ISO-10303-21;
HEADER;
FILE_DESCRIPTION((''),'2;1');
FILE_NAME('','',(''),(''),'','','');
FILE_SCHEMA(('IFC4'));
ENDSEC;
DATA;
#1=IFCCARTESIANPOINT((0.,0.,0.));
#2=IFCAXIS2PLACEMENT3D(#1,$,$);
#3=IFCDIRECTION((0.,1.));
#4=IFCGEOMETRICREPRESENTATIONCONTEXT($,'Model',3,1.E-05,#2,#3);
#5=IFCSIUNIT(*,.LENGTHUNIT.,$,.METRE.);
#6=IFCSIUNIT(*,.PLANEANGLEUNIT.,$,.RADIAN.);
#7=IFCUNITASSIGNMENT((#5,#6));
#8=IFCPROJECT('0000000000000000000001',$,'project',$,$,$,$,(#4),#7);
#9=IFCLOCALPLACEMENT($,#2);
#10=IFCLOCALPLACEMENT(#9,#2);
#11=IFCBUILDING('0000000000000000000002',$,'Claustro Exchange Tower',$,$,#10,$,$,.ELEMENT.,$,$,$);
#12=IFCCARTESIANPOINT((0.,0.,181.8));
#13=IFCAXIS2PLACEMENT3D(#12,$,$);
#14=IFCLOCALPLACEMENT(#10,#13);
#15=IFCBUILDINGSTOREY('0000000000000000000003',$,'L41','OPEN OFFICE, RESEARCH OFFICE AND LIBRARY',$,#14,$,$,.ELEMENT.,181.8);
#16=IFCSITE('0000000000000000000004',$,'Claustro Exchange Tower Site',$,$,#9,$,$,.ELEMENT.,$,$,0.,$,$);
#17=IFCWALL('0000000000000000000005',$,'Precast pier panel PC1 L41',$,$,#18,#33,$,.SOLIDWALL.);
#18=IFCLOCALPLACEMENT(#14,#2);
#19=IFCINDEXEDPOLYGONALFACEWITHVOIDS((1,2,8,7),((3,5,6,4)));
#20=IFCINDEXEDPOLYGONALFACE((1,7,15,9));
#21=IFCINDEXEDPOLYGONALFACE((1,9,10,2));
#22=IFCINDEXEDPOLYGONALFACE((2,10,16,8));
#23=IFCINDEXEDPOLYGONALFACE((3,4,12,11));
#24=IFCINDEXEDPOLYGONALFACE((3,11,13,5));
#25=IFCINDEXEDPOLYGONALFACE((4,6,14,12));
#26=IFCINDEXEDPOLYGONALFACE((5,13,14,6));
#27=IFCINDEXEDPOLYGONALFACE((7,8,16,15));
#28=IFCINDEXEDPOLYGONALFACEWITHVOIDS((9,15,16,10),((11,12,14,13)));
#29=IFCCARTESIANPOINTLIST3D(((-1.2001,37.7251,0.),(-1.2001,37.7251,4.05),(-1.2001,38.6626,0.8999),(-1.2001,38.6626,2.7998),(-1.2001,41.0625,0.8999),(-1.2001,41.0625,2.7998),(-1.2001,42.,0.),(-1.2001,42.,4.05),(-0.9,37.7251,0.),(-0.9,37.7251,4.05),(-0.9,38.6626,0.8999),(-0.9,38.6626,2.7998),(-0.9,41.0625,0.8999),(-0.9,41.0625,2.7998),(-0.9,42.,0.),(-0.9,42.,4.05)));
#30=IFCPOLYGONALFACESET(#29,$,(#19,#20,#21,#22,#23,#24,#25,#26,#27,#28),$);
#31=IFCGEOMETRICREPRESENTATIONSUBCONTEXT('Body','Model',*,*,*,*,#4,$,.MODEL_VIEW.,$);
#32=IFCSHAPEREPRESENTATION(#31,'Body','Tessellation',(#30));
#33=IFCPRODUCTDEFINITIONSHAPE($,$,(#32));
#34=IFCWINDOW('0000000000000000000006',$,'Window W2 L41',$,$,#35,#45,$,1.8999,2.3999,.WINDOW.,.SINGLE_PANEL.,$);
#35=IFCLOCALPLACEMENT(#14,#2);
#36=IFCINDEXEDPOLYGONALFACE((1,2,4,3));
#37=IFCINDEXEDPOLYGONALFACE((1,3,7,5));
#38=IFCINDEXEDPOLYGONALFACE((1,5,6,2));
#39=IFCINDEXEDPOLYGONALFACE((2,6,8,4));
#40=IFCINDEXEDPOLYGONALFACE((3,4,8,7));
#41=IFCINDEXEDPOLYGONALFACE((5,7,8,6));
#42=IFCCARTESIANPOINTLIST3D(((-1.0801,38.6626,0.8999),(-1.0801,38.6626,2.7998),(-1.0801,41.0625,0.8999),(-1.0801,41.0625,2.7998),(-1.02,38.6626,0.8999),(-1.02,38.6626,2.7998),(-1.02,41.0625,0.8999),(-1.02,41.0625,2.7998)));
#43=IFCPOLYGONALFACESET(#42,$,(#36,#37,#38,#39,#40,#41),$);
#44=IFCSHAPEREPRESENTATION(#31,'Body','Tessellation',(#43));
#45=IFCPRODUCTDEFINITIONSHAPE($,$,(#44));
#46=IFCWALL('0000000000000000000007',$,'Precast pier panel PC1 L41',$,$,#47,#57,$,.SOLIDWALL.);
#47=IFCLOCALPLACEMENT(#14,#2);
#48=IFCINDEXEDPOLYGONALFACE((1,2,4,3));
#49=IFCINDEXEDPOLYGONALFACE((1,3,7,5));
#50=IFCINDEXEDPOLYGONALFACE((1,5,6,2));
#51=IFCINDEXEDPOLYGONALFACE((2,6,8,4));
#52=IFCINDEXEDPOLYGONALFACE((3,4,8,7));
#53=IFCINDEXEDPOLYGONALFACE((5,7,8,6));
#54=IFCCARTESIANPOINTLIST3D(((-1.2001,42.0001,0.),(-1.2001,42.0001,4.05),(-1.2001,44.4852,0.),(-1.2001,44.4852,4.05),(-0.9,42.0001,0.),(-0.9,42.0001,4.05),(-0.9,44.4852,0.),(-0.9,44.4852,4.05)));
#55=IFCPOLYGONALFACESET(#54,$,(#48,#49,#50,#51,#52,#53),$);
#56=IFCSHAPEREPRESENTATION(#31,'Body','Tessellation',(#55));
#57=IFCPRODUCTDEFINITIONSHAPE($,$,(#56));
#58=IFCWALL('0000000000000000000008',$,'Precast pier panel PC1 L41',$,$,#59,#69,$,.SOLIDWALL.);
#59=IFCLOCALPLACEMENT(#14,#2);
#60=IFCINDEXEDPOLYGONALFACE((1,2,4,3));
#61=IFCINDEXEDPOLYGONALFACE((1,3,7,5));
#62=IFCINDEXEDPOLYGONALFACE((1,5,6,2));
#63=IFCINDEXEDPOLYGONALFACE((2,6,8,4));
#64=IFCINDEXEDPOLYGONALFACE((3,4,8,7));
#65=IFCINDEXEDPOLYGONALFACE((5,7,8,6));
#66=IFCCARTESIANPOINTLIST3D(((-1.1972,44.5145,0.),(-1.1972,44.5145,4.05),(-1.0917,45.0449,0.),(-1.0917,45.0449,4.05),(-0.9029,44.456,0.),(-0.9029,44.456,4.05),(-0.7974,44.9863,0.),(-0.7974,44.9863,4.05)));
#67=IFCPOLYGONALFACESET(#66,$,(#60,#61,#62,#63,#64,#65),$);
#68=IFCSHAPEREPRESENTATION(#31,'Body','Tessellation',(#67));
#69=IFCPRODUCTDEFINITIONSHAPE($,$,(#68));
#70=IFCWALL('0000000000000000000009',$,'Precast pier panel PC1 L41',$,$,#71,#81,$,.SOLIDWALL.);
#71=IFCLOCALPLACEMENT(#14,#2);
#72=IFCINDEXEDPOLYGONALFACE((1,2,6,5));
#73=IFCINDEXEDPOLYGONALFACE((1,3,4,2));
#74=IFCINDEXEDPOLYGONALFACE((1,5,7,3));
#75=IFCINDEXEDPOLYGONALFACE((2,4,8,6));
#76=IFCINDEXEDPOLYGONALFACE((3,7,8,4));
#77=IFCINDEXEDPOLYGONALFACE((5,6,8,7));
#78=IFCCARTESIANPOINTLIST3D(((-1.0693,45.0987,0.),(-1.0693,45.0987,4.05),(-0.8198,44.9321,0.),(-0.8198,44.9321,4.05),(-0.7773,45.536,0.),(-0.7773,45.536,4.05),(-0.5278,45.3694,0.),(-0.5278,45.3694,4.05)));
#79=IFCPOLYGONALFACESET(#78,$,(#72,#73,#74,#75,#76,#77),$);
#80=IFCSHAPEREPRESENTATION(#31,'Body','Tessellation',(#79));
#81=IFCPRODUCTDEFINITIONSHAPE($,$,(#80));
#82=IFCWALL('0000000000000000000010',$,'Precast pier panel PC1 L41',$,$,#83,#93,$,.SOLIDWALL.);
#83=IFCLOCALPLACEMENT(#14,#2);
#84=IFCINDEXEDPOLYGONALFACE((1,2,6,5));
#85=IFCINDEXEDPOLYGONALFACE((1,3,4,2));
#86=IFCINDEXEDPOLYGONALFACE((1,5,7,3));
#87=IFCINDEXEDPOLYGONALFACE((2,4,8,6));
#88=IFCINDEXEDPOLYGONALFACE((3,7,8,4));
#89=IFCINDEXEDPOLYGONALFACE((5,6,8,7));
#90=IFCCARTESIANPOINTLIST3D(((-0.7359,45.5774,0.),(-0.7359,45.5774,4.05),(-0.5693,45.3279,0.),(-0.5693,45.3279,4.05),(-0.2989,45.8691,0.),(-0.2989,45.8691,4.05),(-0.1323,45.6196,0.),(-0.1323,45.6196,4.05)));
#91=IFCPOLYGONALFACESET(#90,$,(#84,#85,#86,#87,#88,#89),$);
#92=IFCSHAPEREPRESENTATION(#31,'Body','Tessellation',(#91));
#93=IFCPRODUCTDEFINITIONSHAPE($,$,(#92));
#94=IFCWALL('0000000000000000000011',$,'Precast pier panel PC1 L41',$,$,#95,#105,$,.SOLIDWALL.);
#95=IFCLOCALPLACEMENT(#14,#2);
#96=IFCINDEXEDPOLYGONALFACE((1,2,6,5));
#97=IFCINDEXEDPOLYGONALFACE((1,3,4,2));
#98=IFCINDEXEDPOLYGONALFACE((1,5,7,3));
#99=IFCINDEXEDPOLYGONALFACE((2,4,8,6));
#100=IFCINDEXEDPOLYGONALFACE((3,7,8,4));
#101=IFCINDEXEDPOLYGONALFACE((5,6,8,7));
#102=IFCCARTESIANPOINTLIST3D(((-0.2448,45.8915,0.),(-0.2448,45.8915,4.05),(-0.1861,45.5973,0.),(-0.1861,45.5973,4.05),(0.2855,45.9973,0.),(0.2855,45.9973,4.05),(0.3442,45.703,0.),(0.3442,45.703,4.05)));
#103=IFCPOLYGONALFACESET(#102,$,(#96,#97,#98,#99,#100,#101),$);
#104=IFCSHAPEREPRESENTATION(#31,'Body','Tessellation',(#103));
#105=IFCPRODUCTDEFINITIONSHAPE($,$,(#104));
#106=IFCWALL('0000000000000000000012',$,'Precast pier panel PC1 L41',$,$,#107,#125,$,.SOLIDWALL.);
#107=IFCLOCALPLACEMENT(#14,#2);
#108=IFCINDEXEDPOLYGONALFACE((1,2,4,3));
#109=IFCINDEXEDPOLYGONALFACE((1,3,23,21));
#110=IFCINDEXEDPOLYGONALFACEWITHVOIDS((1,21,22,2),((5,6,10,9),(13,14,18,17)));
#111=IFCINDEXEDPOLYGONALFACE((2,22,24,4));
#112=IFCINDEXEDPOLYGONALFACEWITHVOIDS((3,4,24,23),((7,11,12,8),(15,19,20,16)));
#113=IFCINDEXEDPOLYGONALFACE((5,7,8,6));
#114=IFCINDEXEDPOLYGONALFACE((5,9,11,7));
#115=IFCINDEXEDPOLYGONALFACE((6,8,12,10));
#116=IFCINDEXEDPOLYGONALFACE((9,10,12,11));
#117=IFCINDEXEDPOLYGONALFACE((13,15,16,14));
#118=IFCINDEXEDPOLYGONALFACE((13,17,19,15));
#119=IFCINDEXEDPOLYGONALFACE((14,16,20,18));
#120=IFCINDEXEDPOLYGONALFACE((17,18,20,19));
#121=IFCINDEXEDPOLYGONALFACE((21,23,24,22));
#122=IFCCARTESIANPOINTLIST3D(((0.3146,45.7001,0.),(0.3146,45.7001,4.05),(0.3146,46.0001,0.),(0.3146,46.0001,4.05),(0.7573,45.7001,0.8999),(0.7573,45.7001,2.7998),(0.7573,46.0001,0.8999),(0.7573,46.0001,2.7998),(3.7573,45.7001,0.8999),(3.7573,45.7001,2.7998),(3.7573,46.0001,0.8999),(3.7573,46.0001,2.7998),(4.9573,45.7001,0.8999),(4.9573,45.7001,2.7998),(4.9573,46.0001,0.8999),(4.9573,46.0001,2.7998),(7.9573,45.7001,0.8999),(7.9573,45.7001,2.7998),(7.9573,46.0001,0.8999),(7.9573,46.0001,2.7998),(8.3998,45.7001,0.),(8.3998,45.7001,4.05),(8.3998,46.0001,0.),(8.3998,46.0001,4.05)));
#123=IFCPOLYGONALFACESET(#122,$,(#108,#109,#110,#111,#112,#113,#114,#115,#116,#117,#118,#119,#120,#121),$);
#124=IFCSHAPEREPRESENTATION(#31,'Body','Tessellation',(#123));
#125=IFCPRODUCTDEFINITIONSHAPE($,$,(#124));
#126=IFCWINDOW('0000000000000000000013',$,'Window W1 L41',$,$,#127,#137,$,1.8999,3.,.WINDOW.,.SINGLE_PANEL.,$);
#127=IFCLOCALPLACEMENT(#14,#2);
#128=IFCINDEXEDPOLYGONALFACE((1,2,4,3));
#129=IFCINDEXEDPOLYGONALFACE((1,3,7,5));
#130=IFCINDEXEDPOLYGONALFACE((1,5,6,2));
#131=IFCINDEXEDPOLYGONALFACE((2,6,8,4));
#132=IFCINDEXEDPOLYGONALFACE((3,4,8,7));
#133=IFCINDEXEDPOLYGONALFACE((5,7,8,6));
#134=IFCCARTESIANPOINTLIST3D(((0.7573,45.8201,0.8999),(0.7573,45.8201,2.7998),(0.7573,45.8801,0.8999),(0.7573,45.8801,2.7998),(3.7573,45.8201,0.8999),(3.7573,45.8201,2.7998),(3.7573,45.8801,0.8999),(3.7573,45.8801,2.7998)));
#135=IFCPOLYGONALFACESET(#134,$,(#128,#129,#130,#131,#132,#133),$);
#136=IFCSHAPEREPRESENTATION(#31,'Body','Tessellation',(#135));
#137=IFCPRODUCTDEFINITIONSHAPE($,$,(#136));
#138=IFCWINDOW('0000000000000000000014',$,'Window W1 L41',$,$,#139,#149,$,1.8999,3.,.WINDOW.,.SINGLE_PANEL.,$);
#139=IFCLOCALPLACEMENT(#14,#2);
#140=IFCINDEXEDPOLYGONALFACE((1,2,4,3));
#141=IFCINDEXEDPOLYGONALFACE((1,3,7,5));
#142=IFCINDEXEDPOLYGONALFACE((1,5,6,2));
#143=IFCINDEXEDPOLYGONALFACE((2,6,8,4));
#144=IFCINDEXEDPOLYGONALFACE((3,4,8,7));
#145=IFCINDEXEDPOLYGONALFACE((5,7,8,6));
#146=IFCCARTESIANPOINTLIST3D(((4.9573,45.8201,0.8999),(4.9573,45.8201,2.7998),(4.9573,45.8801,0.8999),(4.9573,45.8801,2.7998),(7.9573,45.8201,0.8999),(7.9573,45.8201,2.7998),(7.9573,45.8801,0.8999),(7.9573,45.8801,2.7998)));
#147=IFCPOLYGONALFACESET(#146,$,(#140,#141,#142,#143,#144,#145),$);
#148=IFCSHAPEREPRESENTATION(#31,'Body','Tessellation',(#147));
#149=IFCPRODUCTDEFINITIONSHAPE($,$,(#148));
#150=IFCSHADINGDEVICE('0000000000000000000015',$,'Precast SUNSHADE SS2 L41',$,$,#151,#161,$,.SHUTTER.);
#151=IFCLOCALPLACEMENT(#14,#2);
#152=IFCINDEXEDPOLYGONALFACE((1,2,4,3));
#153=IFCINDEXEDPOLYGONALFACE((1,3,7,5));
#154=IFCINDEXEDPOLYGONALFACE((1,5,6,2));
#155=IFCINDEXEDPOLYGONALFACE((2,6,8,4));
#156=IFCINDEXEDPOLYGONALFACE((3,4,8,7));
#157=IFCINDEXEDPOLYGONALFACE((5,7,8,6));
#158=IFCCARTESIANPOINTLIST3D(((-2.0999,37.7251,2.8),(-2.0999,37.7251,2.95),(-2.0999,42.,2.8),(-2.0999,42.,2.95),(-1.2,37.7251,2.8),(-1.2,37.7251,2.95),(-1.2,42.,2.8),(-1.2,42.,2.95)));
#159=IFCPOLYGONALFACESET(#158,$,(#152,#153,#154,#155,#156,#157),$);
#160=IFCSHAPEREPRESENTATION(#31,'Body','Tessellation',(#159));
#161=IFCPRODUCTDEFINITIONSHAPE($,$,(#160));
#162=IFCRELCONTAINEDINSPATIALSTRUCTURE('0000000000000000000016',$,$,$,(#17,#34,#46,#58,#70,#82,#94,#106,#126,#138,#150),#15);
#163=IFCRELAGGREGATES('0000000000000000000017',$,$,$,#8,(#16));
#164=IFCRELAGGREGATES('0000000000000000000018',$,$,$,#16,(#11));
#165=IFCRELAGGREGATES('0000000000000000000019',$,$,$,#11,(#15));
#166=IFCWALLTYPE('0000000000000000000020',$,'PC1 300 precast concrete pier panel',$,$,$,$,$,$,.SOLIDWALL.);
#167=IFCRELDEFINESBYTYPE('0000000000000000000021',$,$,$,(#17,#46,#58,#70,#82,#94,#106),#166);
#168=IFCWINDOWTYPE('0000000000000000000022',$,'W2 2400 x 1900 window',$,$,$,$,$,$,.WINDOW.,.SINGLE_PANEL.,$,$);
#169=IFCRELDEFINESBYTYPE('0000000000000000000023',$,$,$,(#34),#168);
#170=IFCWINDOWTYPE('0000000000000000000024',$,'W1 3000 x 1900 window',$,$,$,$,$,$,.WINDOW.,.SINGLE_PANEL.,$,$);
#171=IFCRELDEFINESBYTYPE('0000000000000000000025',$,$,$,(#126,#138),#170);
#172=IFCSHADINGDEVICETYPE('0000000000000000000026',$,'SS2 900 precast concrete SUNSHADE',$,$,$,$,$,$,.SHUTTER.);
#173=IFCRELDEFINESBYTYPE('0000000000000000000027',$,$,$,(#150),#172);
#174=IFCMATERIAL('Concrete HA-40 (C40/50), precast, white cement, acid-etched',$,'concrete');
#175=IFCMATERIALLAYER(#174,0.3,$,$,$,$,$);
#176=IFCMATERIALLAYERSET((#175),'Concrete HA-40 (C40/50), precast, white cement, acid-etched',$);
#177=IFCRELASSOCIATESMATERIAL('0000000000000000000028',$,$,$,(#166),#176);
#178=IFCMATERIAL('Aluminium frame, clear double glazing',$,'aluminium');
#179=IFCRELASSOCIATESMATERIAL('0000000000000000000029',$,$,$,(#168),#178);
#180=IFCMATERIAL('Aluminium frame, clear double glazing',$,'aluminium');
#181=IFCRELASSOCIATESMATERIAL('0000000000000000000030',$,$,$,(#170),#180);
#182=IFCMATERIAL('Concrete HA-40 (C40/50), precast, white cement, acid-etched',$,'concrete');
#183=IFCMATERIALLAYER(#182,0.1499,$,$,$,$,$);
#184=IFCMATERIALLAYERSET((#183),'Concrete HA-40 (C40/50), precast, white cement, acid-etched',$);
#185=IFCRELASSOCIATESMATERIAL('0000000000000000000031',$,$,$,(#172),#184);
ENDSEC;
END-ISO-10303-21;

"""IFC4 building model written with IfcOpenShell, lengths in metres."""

from ifc_helpers import new_model, si_unit, direction, frame, frame_2d, origin, origin_2d, place, context, subcontext, project, spatial, rectangle, extrude, material, layer, layer_set, type_object, element, fill, save


model = new_model("IFC4")

# Units and contexts
model_context = context("Model", 3, precision=1e-05, world=origin(), true_north=direction((0.0, 1.0)))
body_context = subcontext(model_context, "Body", "Model", "MODEL_VIEW")
ifc_project = project(units=[si_unit("LENGTHUNIT", "METRE"), si_unit("PLANEANGLEUNIT", "RADIAN")], contexts=[model_context])

# Site, building, storey
site_placement = place(None, origin())
site = spatial("IfcSite", under=ifc_project, at=site_placement, Name="Claustro Exchange Tower Site", CompositionType="ELEMENT", RefElevation=0.0)
building_placement = place(site_placement, origin())
building = spatial("IfcBuilding", under=site, at=building_placement, Name="Claustro Exchange Tower", CompositionType="ELEMENT")
storey_placement = place(building_placement, frame((0.0, 0.0, 181.8)))
storey = spatial("IfcBuildingStorey", under=building, at=storey_placement, Name="L41", Description="OPEN OFFICE, RESEARCH OFFICE AND LIBRARY", CompositionType="ELEMENT", Elevation=181.8)

# Wall, opening, window
ifc_material_1 = material(Name="Concrete HA-40 (C40/50), precast, white cement, acid-etched", Category="concrete")
ifc_layer_1 = layer(ifc_material_1, 0.3)
ifc_layer_set_1 = layer_set([ifc_layer_1], Name="Concrete HA-40 (C40/50), precast, white cement, acid-etched")
wall_type_1 = type_object("IfcWallType", Name="PC1 300 precast concrete pier panel", PredefinedType="SOLIDWALL", material=ifc_layer_set_1)
wall_1_placement = place(storey_placement, frame((-1.05, 37.7251, 0.0), z_axis=(0.0, 0.0, 1.0), x_axis=(0.0, 1.0, 0.0)))
wall_1 = element("IfcWall", 1, at=wall_1_placement, inside=storey, type_object=wall_type_1, Name="Precast pier panel PC1 L41", PredefinedType="SOLIDWALL", context=body_context, shape_type="SweptSolid", body=[
    extrude(rectangle(XDim=4.2749, YDim=0.3, at=frame_2d((2.1375, 0.0))), origin(), (0.0, 0.0, 1.0), 4.05),
])
opening_1_placement = place(wall_1_placement, frame((0.9375, 0.0, 0.8999)))
opening_1 = element("IfcOpeningElement", 2, at=opening_1_placement, cuts=wall_1, PredefinedType="OPENING", context=body_context, shape_type="SweptSolid", body=[
    extrude(rectangle(XDim=2.3999, YDim=1.8999, at=frame_2d((1.2, 0.95))), frame((0.0, 0.1599, 0.0), z_axis=(0.0, -1.0, 0.0), x_axis=(1.0, 0.0, 0.0)), (0.0, 0.0, 1.0), 0.3201),
])
ifc_material_2 = material(Name="Aluminium frame, clear double glazing", Category="aluminium")
window_type_1 = type_object("IfcWindowType", Name="W2 2400 x 1900 window", PartitioningType="SINGLE_PANEL", PredefinedType="WINDOW", material=ifc_material_2)
window_1_placement = place(opening_1_placement, origin())
window_1 = element("IfcWindow", 3, at=window_1_placement, inside=storey, type_object=window_type_1, Name="Window W2 L41", OverallHeight=1.8999, OverallWidth=2.3999, PartitioningType="SINGLE_PANEL", PredefinedType="WINDOW", context=body_context, shape_type="SweptSolid", body=[
    extrude(rectangle(XDim=2.3999, YDim=1.8999, at=frame_2d((1.2, 0.95))), frame((0.0, 0.03, 0.0), z_axis=(0.0, -1.0, 0.0), x_axis=(1.0, 0.0, 0.0)), (0.0, 0.0, 1.0), 0.0601),
])
fill(opening_1, window_1)

# Walls
wall_2_placement = place(storey_placement, frame((-1.05, 42.0, 0.0), z_axis=(0.0, 0.0, 1.0), x_axis=(0.0, 1.0, 0.0)))
element("IfcWall", 4, at=wall_2_placement, inside=storey, type_object=wall_type_1, Name="Precast pier panel PC1 L41", PredefinedType="SOLIDWALL", context=body_context, shape_type="SweptSolid", body=[
    extrude(rectangle(XDim=2.4851, YDim=0.3, at=frame_2d((1.2427, 0.0))), origin(), (0.0, 0.0, 1.0), 4.05),
])
wall_3_placement = place(storey_placement, frame((-1.05, 44.4851, 0.0), z_axis=(0.0, 0.0, 1.0), x_axis=(0.195074, 0.980789, 0.0)))
element("IfcWall", 5, at=wall_3_placement, inside=storey, type_object=wall_type_1, Name="Precast pier panel PC1 L41", PredefinedType="SOLIDWALL", context=body_context, shape_type="SweptSolid", body=[
    extrude(rectangle(XDim=0.5408, YDim=0.3, at=frame_2d((0.2705, 0.0))), origin(), (0.0, 0.0, 1.0), 4.05),
])
wall_4_placement = place(storey_placement, frame((-0.9446, 45.0154, 0.0), z_axis=(0.0, 0.0, 1.0), x_axis=(0.555343, 0.831621, 0.0)))
element("IfcWall", 6, at=wall_4_placement, inside=storey, type_object=wall_type_1, Name="Precast pier panel PC1 L41", PredefinedType="SOLIDWALL", context=body_context, shape_type="SweptSolid", body=[
    extrude(rectangle(XDim=0.5259, YDim=0.3, at=frame_2d((0.2629, 0.0))), origin(), (0.0, 0.0, 1.0), 4.05),
])
wall_5_placement = place(storey_placement, frame((-0.6526, 45.4526, 0.0), z_axis=(0.0, 0.0, 1.0), x_axis=(0.831693, 0.555236, 0.0)))
element("IfcWall", 7, at=wall_5_placement, inside=storey, type_object=wall_type_1, Name="Precast pier panel PC1 L41", PredefinedType="SOLIDWALL", context=body_context, shape_type="SweptSolid", body=[
    extrude(rectangle(XDim=0.5254, YDim=0.3, at=frame_2d((0.2627, 0.0))), origin(), (0.0, 0.0, 1.0), 4.05),
])
wall_6_placement = place(storey_placement, frame((-0.2156, 45.7444, 0.0), z_axis=(0.0, 0.0, 1.0), x_axis=(0.980702, 0.195508, 0.0)))
element("IfcWall", 8, at=wall_6_placement, inside=storey, type_object=wall_type_1, Name="Precast pier panel PC1 L41", PredefinedType="SOLIDWALL", context=body_context, shape_type="SweptSolid", body=[
    extrude(rectangle(XDim=0.5408, YDim=0.3, at=frame_2d((0.2705, 0.0))), origin(), (0.0, 0.0, 1.0), 4.05),
])

# Wall, openings, windows
wall_7_placement = place(storey_placement, frame((0.3147, 45.8501, 0.0), z_axis=(0.0, 0.0, 1.0), x_axis=(1.0, 0.0, 0.0)))
wall_7 = element("IfcWall", 9, at=wall_7_placement, inside=storey, type_object=wall_type_1, Name="Precast pier panel PC1 L41", PredefinedType="SOLIDWALL", context=body_context, shape_type="SweptSolid", body=[
    extrude(rectangle(XDim=8.0852, YDim=0.3, at=frame_2d((4.0425, 0.0))), origin(), (0.0, 0.0, 1.0), 4.05),
])
opening_2_placement = place(wall_7_placement, frame((0.4426, 0.0, 0.8999)))
opening_2 = element("IfcOpeningElement", 10, at=opening_2_placement, cuts=wall_7, PredefinedType="OPENING", context=body_context, shape_type="SweptSolid", body=[
    extrude(rectangle(XDim=3.0, YDim=1.8999, at=frame_2d((1.5, 0.95))), frame((0.0, 0.1599, 0.0), z_axis=(0.0, -1.0, 0.0), x_axis=(1.0, 0.0, 0.0)), (0.0, 0.0, 1.0), 0.3201),
])
opening_3_placement = place(wall_7_placement, frame((4.6426, 0.0, 0.8999)))
opening_3 = element("IfcOpeningElement", 11, at=opening_3_placement, cuts=wall_7, PredefinedType="OPENING", context=body_context, shape_type="SweptSolid", body=[
    extrude(rectangle(XDim=3.0, YDim=1.8999, at=frame_2d((1.5, 0.95))), frame((0.0, 0.1599, 0.0), z_axis=(0.0, -1.0, 0.0), x_axis=(1.0, 0.0, 0.0)), (0.0, 0.0, 1.0), 0.3201),
])
ifc_material_3 = material(Name="Aluminium frame, clear double glazing", Category="aluminium")
window_type_2 = type_object("IfcWindowType", Name="W1 3000 x 1900 window", PartitioningType="SINGLE_PANEL", PredefinedType="WINDOW", material=ifc_material_3)
window_2_placement = place(opening_2_placement, origin())
window_2 = element("IfcWindow", 12, at=window_2_placement, inside=storey, type_object=window_type_2, Name="Window W1 L41", OverallHeight=1.8999, OverallWidth=3.0, PartitioningType="SINGLE_PANEL", PredefinedType="WINDOW", context=body_context, shape_type="SweptSolid", body=[
    extrude(rectangle(XDim=3.0, YDim=1.8999, at=frame_2d((1.5, 0.95))), frame((0.0, 0.03, 0.0), z_axis=(0.0, -1.0, 0.0), x_axis=(1.0, 0.0, 0.0)), (0.0, 0.0, 1.0), 0.0601),
])
fill(opening_2, window_2)
window_3_placement = place(opening_3_placement, origin())
window_3 = element("IfcWindow", 13, at=window_3_placement, inside=storey, type_object=window_type_2, Name="Window W1 L41", OverallHeight=1.8999, OverallWidth=3.0, PartitioningType="SINGLE_PANEL", PredefinedType="WINDOW", context=body_context, shape_type="SweptSolid", body=[
    extrude(rectangle(XDim=3.0, YDim=1.8999, at=frame_2d((1.5, 0.95))), frame((0.0, 0.03, 0.0), z_axis=(0.0, -1.0, 0.0), x_axis=(1.0, 0.0, 0.0)), (0.0, 0.0, 1.0), 0.0601),
])
fill(opening_3, window_3)

# Shading device
ifc_material_4 = material(Name="Concrete HA-40 (C40/50), precast, white cement, acid-etched", Category="concrete")
ifc_layer_2 = layer(ifc_material_4, 0.1499)
ifc_layer_set_2 = layer_set([ifc_layer_2], Name="Concrete HA-40 (C40/50), precast, white cement, acid-etched")
shading_device_type = type_object("IfcShadingDeviceType", Name="SS2 900 precast concrete SUNSHADE", PredefinedType="SHUTTER", material=ifc_layer_set_2)
shading_device_placement = place(storey_placement, frame((-1.6499, 39.8625, 2.8), z_axis=(0.0, 0.0, 1.0), x_axis=(0.0, 1.0, 0.0)))
element("IfcShadingDevice", 14, at=shading_device_placement, inside=storey, type_object=shading_device_type, Name="Precast SUNSHADE SS2 L41", PredefinedType="SHUTTER", context=body_context, shape_type="SweptSolid", body=[
    extrude(rectangle(XDim=4.2749, YDim=0.8999, at=origin_2d()), origin(), (0.0, 0.0, 1.0), 0.1499),
])

save(model, "model.ifc")
